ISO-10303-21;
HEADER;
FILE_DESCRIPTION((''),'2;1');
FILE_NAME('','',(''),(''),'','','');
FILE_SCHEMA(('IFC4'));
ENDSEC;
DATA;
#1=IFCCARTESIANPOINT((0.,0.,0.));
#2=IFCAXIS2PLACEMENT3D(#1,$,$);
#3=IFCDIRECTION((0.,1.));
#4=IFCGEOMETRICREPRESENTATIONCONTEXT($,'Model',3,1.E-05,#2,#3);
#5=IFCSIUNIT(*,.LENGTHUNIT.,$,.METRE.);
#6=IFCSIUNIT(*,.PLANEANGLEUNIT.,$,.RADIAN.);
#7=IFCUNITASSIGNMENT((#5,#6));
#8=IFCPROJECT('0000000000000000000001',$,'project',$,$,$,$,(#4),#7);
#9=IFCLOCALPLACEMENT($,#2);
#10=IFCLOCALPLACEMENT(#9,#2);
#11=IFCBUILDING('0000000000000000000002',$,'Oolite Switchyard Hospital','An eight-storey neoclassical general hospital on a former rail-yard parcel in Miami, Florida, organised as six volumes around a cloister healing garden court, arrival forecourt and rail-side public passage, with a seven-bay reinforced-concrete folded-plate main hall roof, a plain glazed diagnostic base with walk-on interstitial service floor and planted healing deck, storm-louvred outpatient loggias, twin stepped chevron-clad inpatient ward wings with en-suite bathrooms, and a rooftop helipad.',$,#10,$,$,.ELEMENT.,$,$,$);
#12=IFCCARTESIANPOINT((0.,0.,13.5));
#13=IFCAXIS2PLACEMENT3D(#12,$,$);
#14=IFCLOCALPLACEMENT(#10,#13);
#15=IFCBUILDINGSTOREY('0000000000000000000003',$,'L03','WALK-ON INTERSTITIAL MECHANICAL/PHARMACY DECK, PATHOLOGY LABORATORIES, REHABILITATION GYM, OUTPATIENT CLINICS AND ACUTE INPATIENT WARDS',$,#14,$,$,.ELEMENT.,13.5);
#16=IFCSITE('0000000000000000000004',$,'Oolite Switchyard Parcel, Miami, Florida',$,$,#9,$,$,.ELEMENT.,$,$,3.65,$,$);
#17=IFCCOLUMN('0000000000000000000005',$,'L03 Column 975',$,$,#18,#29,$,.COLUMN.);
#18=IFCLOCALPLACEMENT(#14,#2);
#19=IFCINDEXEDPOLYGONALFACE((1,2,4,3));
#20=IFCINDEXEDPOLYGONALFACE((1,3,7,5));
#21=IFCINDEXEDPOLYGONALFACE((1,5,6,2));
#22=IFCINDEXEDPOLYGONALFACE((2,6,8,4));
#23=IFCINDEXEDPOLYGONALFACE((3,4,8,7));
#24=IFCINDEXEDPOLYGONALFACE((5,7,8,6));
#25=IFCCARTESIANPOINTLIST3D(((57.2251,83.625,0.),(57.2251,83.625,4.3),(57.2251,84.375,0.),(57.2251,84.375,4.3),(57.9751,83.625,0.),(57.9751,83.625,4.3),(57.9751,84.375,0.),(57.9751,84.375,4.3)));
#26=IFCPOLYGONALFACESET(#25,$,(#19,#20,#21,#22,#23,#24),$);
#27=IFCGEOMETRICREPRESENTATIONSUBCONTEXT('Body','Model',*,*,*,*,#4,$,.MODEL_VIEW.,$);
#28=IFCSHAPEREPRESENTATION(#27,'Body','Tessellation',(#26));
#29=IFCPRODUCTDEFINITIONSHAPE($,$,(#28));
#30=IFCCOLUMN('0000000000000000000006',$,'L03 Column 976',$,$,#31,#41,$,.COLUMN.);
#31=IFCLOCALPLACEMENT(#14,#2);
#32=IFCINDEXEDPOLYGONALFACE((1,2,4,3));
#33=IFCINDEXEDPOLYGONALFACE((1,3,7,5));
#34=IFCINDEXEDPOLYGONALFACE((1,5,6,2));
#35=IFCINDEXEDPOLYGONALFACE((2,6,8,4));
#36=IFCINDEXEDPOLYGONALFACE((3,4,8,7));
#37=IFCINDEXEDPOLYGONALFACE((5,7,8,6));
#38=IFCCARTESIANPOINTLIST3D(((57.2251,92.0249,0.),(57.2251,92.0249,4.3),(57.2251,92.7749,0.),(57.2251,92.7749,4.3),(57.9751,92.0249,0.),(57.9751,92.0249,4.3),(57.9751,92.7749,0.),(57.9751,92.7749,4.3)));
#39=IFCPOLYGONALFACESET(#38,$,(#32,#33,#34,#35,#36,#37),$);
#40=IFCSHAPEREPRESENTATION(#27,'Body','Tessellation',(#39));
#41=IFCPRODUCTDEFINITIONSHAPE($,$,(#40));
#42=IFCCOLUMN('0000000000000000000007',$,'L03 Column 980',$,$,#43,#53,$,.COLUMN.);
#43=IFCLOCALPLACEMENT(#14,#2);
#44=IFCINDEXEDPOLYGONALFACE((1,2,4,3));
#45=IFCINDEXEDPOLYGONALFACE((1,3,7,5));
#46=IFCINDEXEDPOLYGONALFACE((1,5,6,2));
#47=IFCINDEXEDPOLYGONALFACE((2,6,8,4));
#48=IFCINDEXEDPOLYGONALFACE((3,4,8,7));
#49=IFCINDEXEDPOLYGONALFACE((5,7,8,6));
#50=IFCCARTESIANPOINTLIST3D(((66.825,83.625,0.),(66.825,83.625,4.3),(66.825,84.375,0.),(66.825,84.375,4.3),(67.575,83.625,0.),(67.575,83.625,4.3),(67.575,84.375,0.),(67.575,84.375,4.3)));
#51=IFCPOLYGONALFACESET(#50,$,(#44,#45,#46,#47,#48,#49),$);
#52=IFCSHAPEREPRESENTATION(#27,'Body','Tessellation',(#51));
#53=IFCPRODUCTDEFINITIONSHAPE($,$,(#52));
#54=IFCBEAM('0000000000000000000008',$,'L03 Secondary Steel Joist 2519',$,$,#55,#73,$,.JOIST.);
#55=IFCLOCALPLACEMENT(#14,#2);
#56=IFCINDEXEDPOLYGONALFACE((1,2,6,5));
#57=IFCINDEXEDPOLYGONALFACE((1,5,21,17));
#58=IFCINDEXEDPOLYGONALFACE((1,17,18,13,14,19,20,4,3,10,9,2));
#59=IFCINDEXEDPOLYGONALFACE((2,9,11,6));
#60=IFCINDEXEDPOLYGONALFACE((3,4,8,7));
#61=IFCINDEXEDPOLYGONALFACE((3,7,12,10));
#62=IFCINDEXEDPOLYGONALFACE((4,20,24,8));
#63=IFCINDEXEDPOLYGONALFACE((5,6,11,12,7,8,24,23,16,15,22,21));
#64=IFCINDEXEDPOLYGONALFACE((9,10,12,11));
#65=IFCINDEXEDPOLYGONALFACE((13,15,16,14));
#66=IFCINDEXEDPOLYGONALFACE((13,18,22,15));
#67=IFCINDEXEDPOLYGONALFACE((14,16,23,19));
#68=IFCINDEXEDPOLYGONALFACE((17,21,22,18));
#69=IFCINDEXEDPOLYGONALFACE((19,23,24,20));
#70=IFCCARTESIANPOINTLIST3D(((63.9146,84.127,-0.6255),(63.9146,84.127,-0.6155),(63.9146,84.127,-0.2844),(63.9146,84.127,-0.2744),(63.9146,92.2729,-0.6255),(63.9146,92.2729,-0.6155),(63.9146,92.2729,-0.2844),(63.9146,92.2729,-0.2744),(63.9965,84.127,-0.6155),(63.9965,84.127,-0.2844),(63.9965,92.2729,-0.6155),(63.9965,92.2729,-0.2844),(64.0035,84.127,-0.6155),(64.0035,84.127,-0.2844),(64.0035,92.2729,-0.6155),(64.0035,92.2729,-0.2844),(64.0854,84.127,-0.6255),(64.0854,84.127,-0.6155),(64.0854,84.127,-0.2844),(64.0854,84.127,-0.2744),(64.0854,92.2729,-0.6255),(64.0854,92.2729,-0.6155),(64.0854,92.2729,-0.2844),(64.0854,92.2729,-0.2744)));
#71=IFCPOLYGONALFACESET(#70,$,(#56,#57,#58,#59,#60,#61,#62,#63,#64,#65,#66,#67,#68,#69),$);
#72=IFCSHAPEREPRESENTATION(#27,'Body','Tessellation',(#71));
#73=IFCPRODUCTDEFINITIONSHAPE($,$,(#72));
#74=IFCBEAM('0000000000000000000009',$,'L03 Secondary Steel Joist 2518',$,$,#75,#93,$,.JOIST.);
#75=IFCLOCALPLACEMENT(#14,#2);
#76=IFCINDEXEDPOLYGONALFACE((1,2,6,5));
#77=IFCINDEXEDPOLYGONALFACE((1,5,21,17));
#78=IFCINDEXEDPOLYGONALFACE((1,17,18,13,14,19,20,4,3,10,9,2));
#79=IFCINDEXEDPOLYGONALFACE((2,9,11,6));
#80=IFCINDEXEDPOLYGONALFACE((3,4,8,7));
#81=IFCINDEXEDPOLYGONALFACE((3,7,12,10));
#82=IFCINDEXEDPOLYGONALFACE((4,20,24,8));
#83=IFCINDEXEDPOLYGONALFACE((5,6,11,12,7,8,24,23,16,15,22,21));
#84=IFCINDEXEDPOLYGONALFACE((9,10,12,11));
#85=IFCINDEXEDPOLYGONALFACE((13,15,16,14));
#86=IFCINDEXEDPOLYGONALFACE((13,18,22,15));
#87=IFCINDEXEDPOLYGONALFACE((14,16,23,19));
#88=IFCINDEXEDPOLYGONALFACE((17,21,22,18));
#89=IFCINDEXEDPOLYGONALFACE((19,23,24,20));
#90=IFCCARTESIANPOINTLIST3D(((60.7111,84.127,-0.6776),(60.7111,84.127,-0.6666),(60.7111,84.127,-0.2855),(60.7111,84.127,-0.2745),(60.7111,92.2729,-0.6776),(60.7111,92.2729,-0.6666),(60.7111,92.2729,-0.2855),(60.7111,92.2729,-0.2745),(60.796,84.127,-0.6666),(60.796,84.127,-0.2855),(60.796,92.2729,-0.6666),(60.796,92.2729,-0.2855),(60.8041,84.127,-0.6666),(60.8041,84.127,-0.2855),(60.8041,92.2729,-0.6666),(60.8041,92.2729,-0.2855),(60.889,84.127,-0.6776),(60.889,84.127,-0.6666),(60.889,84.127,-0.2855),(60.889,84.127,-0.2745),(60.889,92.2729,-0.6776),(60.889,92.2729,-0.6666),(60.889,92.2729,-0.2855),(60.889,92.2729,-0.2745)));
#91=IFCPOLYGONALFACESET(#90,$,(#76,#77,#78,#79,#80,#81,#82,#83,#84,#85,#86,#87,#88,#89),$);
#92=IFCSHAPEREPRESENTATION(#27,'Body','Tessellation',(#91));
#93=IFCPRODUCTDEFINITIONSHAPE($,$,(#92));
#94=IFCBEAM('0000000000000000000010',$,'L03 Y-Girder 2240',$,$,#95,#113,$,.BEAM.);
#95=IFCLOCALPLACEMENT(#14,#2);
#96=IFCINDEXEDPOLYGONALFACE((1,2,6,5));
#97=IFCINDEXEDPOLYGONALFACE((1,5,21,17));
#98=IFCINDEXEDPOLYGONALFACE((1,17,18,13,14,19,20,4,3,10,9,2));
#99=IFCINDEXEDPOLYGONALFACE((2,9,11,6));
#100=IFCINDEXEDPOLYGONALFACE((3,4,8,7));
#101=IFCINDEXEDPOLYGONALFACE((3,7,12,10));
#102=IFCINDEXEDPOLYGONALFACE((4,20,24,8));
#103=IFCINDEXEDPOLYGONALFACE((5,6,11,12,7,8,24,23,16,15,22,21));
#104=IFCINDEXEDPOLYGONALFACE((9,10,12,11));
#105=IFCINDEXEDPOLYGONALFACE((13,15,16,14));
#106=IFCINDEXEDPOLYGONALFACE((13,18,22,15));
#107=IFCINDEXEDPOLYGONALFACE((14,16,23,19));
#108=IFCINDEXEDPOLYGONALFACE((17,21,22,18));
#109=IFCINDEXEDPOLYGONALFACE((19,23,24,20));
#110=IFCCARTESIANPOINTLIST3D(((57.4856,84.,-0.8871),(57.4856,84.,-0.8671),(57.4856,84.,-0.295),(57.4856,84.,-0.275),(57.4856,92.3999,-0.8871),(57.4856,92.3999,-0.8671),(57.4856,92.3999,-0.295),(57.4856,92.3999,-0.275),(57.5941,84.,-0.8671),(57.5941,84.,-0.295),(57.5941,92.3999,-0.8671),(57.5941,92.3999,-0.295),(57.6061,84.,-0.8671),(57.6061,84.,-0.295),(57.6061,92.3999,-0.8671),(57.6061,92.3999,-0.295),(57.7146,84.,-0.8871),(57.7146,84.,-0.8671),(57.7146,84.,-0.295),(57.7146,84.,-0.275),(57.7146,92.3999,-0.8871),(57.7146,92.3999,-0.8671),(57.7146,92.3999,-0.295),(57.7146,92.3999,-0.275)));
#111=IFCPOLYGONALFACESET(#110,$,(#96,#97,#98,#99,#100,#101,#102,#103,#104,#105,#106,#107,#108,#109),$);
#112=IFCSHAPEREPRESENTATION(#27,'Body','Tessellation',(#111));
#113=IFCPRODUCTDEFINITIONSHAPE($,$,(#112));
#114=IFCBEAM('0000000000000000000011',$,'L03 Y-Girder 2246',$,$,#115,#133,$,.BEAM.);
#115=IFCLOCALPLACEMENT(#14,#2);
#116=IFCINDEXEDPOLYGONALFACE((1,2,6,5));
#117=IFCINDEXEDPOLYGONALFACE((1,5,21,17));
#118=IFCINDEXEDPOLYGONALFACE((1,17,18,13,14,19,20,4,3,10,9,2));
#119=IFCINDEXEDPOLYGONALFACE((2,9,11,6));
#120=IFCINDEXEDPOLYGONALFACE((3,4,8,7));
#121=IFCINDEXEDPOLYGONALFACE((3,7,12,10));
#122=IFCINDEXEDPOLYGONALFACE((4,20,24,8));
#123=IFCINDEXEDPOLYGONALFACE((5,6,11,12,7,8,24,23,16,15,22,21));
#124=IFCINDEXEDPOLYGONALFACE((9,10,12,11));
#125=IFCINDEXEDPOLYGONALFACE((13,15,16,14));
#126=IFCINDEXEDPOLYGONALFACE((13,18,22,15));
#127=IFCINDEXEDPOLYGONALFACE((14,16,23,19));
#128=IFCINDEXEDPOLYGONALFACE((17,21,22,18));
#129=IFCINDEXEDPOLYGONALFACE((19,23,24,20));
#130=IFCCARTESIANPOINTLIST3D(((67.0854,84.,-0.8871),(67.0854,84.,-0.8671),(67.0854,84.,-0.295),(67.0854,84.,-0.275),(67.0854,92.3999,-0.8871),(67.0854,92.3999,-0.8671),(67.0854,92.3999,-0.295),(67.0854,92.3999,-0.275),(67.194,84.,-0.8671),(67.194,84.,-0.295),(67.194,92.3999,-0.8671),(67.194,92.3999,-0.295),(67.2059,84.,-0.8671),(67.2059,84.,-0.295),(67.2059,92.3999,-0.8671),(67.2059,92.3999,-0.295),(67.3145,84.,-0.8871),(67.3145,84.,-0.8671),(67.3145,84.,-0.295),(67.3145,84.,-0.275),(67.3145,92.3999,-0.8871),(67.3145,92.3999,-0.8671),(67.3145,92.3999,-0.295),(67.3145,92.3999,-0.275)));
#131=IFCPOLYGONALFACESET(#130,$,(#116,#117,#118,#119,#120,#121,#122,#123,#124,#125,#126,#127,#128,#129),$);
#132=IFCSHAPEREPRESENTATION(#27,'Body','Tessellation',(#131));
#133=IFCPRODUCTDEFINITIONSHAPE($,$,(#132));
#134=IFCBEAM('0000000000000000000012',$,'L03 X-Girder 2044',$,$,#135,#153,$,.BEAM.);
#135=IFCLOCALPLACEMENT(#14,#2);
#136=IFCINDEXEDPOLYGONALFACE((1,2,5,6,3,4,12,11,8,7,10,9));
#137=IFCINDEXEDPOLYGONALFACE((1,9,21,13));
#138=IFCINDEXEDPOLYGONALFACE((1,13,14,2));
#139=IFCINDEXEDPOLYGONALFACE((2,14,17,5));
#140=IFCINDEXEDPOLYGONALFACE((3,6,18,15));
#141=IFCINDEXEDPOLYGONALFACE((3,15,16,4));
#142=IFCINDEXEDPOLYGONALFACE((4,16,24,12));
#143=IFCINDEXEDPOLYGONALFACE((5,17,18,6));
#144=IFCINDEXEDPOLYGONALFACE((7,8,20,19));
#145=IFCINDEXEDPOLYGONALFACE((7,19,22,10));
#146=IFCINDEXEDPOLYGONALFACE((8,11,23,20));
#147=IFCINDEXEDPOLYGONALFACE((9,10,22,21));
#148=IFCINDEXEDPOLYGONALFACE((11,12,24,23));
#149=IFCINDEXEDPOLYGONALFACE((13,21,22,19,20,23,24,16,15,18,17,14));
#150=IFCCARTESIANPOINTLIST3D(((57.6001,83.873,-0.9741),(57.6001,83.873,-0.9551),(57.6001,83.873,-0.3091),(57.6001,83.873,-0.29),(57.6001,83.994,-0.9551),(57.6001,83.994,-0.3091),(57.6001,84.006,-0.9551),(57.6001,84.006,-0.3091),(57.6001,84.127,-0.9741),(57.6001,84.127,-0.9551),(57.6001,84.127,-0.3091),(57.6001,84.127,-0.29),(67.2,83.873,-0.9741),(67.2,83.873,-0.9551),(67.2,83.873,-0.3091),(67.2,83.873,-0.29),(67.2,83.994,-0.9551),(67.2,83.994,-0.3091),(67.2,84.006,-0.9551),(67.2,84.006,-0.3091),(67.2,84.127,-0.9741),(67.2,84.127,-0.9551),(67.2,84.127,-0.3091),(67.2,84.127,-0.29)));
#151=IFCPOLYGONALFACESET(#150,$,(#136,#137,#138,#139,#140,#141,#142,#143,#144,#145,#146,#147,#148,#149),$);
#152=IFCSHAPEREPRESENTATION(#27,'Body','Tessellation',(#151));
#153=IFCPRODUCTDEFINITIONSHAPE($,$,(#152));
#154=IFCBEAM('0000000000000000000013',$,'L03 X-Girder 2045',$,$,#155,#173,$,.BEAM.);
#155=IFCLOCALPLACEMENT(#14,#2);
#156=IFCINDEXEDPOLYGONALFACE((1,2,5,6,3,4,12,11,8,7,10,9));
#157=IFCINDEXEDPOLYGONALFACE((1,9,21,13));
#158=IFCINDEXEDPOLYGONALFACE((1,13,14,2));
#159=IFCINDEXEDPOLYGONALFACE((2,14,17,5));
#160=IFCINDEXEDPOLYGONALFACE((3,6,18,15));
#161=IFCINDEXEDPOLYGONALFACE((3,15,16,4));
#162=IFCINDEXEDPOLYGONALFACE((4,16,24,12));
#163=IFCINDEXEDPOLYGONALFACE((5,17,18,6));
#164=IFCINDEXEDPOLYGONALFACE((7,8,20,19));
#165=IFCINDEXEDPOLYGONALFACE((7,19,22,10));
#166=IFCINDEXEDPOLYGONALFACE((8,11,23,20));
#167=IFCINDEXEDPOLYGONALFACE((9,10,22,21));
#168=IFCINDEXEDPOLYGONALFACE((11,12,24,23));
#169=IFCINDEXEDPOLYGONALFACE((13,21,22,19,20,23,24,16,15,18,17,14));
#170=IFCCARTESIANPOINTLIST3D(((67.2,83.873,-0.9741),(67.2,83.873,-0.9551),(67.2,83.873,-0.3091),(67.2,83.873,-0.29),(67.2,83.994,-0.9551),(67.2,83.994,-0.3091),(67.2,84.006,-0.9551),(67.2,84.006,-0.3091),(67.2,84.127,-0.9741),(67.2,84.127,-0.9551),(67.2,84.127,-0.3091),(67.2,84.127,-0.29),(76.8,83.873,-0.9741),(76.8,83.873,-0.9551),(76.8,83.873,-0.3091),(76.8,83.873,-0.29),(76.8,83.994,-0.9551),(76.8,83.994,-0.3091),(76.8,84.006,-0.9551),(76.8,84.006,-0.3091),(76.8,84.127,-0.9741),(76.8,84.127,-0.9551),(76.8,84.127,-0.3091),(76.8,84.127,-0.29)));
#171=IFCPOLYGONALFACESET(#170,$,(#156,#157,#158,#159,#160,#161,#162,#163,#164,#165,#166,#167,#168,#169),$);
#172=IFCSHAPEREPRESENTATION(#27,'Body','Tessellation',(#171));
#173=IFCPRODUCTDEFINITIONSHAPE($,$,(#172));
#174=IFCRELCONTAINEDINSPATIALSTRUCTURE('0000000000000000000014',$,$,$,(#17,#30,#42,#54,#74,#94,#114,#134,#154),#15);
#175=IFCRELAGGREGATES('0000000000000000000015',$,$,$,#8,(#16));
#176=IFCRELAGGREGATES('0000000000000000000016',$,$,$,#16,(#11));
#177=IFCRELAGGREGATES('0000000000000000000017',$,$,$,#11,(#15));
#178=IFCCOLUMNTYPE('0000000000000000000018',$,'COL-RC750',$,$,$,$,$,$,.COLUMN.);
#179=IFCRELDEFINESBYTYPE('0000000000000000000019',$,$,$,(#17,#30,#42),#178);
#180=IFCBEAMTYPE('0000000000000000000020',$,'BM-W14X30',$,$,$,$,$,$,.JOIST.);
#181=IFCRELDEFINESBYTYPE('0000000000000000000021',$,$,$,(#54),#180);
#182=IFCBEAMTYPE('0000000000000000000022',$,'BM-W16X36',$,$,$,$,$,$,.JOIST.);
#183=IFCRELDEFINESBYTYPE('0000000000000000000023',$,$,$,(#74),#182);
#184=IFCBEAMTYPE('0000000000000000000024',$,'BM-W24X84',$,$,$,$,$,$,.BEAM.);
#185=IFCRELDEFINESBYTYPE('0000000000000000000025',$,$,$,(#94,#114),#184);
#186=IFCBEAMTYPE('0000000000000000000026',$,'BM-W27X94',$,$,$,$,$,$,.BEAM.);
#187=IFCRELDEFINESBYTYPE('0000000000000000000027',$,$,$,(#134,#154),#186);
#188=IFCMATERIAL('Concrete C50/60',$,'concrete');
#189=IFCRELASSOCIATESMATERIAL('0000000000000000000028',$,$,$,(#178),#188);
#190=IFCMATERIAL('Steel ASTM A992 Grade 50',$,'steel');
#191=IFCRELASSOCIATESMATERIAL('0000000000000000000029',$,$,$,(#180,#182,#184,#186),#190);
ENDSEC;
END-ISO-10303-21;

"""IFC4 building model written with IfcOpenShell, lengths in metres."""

from ifc_helpers import new_model, si_unit, direction, frame, origin, origin_2d, place, context, subcontext, project, spatial, rectangle, i_section, extrude, material, material_profile, profile_set, type_object, element, save


model = new_model("IFC4")

# Units and contexts
model_context = context("Model", 3, precision=1e-05, world=origin(), true_north=direction((0.0, 1.0)))
body_context = subcontext(model_context, "Body", "Model", "MODEL_VIEW")
ifc_project = project(units=[si_unit("LENGTHUNIT", "METRE"), si_unit("PLANEANGLEUNIT", "RADIAN")], contexts=[model_context])

# Site, building, storey
site_placement = place(None, origin())
site = spatial("IfcSite", under=ifc_project, at=site_placement, Name="Oolite Switchyard Parcel, Miami, Florida", CompositionType="ELEMENT", RefElevation=3.65)
building_placement = place(site_placement, origin())
building = spatial("IfcBuilding", under=site, at=building_placement, Name="Oolite Switchyard Hospital", Description="An eight-storey neoclassical general hospital on a former rail-yard parcel in Miami, Florida, organised as six volumes around a cloister healing garden court, arrival forecourt and rail-side public passage, with a seven-bay reinforced-concrete folded-plate main hall roof, a plain glazed diagnostic base with walk-on interstitial service floor and planted healing deck, storm-louvred outpatient loggias, twin stepped chevron-clad inpatient ward wings with en-suite bathrooms, and a rooftop helipad.", CompositionType="ELEMENT")
storey_placement = place(building_placement, frame((0.0, 0.0, 13.5)))
storey = spatial("IfcBuildingStorey", under=building, at=storey_placement, Name="L03", Description="WALK-ON INTERSTITIAL MECHANICAL/PHARMACY DECK, PATHOLOGY LABORATORIES, REHABILITATION GYM, OUTPATIENT CLINICS AND ACUTE INPATIENT WARDS", CompositionType="ELEMENT", Elevation=13.5)

# Columns
ifc_material_1 = material(Name="Concrete C50/60", Category="concrete")
ifc_material_profile_1 = material_profile(ifc_material_1, rectangle(XDim=0.75, YDim=0.75, at=origin_2d()), Name="RC750X750")
ifc_profile_set_1 = profile_set([ifc_material_profile_1], Name="Concrete C50/60")
column_type = type_object("IfcColumnType", Name="COL-RC750", PredefinedType="COLUMN", material=ifc_profile_set_1)
for number, where, z_axis, x_axis, name in (
    (1, (57.6001, 84.0, 0.0), (0.0, 0.0, 1.0), (1.0, 0.0, 0.0), "L03 Column 975"),
    (2, (57.6001, 92.3999, 0.0), (0.0, 0.0, 1.0), (1.0, 0.0, 0.0), "L03 Column 976"),
    (3, (67.2, 84.0, 0.0), (0.0, 0.0, 1.0), (1.0, 0.0, 0.0), "L03 Column 980"),
):
    element("IfcColumn", number, at=place(storey_placement, frame(where, z_axis=z_axis, x_axis=x_axis)), inside=storey, type_object=column_type, Name=name, PredefinedType="COLUMN", context=body_context, shape_type="SweptSolid", body=[
        extrude(rectangle(XDim=0.75, YDim=0.75, at=origin_2d()), origin(), (0.0, 0.0, 1.0), 4.3),
    ])

# Beams
ifc_material_2 = material(Name="Steel ASTM A992 Grade 50", Category="steel")
ifc_material_profile_2 = material_profile(ifc_material_2, i_section(OverallWidth=0.1709, OverallDepth=0.3511, WebThickness=0.0071, FlangeThickness=0.01, at=origin_2d()), Name="W14X30")
ifc_profile_set_2 = profile_set([ifc_material_profile_2], Name="Steel ASTM A992 Grade 50")
beam_type_1 = type_object("IfcBeamType", Name="BM-W14X30", PredefinedType="JOIST", material=ifc_profile_set_2)
beam_1_placement = place(storey_placement, frame((64.0, 84.127, -0.45), z_axis=(0.0, 1.0, 0.0), x_axis=(-1.0, 0.0, 0.0)))
element("IfcBeam", 4, at=beam_1_placement, inside=storey, type_object=beam_type_1, Name="L03 Secondary Steel Joist 2519", PredefinedType="JOIST", context=body_context, shape_type="SweptSolid", body=[
    extrude(i_section(OverallWidth=0.1709, OverallDepth=0.3511, WebThickness=0.0071, FlangeThickness=0.01, at=origin_2d()), origin(), (0.0, 0.0, 1.0), 8.146),
])
ifc_material_profile_3 = material_profile(ifc_material_2, i_section(OverallWidth=0.178, OverallDepth=0.4031, WebThickness=0.0081, FlangeThickness=0.011, at=origin_2d()), Name="W16X36")
ifc_profile_set_3 = profile_set([ifc_material_profile_3], Name="Steel ASTM A992 Grade 50")
beam_type_2 = type_object("IfcBeamType", Name="BM-W16X36", PredefinedType="JOIST", material=ifc_profile_set_3)
beam_2_placement = place(storey_placement, frame((60.8, 84.127, -0.4761), z_axis=(0.0, 1.0, 0.0), x_axis=(-1.0, 0.0, 0.0)))
element("IfcBeam", 5, at=beam_2_placement, inside=storey, type_object=beam_type_2, Name="L03 Secondary Steel Joist 2518", PredefinedType="JOIST", context=body_context, shape_type="SweptSolid", body=[
    extrude(i_section(OverallWidth=0.178, OverallDepth=0.4031, WebThickness=0.0081, FlangeThickness=0.011, at=origin_2d()), origin(), (0.0, 0.0, 1.0), 8.146),
])
ifc_material_profile_4 = material_profile(ifc_material_2, i_section(OverallWidth=0.229, OverallDepth=0.6121, WebThickness=0.012, FlangeThickness=0.02, at=origin_2d()), Name="W24X84")
ifc_profile_set_4 = profile_set([ifc_material_profile_4], Name="Steel ASTM A992 Grade 50")
beam_type_3 = type_object("IfcBeamType", Name="BM-W24X84", PredefinedType="BEAM", material=ifc_profile_set_4)
for number, where, z_axis, x_axis, name in (
    (6, (57.6001, 84.0, -0.5811), (0.0, 1.0, 0.0), (-1.0, 0.0, 0.0), "L03 Y-Girder 2240"),
    (7, (67.2, 84.0, -0.5811), (0.0, 1.0, 0.0), (-1.0, 0.0, 0.0), "L03 Y-Girder 2246"),
):
    element("IfcBeam", number, at=place(storey_placement, frame(where, z_axis=z_axis, x_axis=x_axis)), inside=storey, type_object=beam_type_3, Name=name, PredefinedType="BEAM", context=body_context, shape_type="SweptSolid", body=[
        extrude(i_section(OverallWidth=0.229, OverallDepth=0.6121, WebThickness=0.012, FlangeThickness=0.02, at=origin_2d()), origin(), (0.0, 0.0, 1.0), 8.3999),
    ])
ifc_material_profile_5 = material_profile(ifc_material_2, i_section(OverallWidth=0.2539, OverallDepth=0.6841, WebThickness=0.012, FlangeThickness=0.019, at=origin_2d()), Name="W27X94")
ifc_profile_set_5 = profile_set([ifc_material_profile_5], Name="Steel ASTM A992 Grade 50")
beam_type_4 = type_object("IfcBeamType", Name="BM-W27X94", PredefinedType="BEAM", material=ifc_profile_set_5)
beam_3_placement = place(storey_placement, frame((57.6001, 84.0, -0.6321), z_axis=(1.0, 0.0, 0.0), x_axis=(0.0, 1.0, 0.0)))
element("IfcBeam", 8, at=beam_3_placement, inside=storey, type_object=beam_type_4, Name="L03 X-Girder 2044", PredefinedType="BEAM", context=body_context, shape_type="SweptSolid", body=[
    extrude(i_section(OverallWidth=0.2539, OverallDepth=0.6841, WebThickness=0.012, FlangeThickness=0.019, at=origin_2d()), origin(), (0.0, 0.0, 1.0), 9.5999),
])
beam_4_placement = place(storey_placement, frame((67.2, 84.0, -0.6321), z_axis=(1.0, 0.0, 0.0), x_axis=(0.0, 1.0, 0.0)))
element("IfcBeam", 9, at=beam_4_placement, inside=storey, type_object=beam_type_4, Name="L03 X-Girder 2045", PredefinedType="BEAM", context=body_context, shape_type="SweptSolid", body=[
    extrude(i_section(OverallWidth=0.2539, OverallDepth=0.6841, WebThickness=0.012, FlangeThickness=0.019, at=origin_2d()), origin(), (0.0, 0.0, 1.0), 9.6001),
])

save(model, "model.ifc")
